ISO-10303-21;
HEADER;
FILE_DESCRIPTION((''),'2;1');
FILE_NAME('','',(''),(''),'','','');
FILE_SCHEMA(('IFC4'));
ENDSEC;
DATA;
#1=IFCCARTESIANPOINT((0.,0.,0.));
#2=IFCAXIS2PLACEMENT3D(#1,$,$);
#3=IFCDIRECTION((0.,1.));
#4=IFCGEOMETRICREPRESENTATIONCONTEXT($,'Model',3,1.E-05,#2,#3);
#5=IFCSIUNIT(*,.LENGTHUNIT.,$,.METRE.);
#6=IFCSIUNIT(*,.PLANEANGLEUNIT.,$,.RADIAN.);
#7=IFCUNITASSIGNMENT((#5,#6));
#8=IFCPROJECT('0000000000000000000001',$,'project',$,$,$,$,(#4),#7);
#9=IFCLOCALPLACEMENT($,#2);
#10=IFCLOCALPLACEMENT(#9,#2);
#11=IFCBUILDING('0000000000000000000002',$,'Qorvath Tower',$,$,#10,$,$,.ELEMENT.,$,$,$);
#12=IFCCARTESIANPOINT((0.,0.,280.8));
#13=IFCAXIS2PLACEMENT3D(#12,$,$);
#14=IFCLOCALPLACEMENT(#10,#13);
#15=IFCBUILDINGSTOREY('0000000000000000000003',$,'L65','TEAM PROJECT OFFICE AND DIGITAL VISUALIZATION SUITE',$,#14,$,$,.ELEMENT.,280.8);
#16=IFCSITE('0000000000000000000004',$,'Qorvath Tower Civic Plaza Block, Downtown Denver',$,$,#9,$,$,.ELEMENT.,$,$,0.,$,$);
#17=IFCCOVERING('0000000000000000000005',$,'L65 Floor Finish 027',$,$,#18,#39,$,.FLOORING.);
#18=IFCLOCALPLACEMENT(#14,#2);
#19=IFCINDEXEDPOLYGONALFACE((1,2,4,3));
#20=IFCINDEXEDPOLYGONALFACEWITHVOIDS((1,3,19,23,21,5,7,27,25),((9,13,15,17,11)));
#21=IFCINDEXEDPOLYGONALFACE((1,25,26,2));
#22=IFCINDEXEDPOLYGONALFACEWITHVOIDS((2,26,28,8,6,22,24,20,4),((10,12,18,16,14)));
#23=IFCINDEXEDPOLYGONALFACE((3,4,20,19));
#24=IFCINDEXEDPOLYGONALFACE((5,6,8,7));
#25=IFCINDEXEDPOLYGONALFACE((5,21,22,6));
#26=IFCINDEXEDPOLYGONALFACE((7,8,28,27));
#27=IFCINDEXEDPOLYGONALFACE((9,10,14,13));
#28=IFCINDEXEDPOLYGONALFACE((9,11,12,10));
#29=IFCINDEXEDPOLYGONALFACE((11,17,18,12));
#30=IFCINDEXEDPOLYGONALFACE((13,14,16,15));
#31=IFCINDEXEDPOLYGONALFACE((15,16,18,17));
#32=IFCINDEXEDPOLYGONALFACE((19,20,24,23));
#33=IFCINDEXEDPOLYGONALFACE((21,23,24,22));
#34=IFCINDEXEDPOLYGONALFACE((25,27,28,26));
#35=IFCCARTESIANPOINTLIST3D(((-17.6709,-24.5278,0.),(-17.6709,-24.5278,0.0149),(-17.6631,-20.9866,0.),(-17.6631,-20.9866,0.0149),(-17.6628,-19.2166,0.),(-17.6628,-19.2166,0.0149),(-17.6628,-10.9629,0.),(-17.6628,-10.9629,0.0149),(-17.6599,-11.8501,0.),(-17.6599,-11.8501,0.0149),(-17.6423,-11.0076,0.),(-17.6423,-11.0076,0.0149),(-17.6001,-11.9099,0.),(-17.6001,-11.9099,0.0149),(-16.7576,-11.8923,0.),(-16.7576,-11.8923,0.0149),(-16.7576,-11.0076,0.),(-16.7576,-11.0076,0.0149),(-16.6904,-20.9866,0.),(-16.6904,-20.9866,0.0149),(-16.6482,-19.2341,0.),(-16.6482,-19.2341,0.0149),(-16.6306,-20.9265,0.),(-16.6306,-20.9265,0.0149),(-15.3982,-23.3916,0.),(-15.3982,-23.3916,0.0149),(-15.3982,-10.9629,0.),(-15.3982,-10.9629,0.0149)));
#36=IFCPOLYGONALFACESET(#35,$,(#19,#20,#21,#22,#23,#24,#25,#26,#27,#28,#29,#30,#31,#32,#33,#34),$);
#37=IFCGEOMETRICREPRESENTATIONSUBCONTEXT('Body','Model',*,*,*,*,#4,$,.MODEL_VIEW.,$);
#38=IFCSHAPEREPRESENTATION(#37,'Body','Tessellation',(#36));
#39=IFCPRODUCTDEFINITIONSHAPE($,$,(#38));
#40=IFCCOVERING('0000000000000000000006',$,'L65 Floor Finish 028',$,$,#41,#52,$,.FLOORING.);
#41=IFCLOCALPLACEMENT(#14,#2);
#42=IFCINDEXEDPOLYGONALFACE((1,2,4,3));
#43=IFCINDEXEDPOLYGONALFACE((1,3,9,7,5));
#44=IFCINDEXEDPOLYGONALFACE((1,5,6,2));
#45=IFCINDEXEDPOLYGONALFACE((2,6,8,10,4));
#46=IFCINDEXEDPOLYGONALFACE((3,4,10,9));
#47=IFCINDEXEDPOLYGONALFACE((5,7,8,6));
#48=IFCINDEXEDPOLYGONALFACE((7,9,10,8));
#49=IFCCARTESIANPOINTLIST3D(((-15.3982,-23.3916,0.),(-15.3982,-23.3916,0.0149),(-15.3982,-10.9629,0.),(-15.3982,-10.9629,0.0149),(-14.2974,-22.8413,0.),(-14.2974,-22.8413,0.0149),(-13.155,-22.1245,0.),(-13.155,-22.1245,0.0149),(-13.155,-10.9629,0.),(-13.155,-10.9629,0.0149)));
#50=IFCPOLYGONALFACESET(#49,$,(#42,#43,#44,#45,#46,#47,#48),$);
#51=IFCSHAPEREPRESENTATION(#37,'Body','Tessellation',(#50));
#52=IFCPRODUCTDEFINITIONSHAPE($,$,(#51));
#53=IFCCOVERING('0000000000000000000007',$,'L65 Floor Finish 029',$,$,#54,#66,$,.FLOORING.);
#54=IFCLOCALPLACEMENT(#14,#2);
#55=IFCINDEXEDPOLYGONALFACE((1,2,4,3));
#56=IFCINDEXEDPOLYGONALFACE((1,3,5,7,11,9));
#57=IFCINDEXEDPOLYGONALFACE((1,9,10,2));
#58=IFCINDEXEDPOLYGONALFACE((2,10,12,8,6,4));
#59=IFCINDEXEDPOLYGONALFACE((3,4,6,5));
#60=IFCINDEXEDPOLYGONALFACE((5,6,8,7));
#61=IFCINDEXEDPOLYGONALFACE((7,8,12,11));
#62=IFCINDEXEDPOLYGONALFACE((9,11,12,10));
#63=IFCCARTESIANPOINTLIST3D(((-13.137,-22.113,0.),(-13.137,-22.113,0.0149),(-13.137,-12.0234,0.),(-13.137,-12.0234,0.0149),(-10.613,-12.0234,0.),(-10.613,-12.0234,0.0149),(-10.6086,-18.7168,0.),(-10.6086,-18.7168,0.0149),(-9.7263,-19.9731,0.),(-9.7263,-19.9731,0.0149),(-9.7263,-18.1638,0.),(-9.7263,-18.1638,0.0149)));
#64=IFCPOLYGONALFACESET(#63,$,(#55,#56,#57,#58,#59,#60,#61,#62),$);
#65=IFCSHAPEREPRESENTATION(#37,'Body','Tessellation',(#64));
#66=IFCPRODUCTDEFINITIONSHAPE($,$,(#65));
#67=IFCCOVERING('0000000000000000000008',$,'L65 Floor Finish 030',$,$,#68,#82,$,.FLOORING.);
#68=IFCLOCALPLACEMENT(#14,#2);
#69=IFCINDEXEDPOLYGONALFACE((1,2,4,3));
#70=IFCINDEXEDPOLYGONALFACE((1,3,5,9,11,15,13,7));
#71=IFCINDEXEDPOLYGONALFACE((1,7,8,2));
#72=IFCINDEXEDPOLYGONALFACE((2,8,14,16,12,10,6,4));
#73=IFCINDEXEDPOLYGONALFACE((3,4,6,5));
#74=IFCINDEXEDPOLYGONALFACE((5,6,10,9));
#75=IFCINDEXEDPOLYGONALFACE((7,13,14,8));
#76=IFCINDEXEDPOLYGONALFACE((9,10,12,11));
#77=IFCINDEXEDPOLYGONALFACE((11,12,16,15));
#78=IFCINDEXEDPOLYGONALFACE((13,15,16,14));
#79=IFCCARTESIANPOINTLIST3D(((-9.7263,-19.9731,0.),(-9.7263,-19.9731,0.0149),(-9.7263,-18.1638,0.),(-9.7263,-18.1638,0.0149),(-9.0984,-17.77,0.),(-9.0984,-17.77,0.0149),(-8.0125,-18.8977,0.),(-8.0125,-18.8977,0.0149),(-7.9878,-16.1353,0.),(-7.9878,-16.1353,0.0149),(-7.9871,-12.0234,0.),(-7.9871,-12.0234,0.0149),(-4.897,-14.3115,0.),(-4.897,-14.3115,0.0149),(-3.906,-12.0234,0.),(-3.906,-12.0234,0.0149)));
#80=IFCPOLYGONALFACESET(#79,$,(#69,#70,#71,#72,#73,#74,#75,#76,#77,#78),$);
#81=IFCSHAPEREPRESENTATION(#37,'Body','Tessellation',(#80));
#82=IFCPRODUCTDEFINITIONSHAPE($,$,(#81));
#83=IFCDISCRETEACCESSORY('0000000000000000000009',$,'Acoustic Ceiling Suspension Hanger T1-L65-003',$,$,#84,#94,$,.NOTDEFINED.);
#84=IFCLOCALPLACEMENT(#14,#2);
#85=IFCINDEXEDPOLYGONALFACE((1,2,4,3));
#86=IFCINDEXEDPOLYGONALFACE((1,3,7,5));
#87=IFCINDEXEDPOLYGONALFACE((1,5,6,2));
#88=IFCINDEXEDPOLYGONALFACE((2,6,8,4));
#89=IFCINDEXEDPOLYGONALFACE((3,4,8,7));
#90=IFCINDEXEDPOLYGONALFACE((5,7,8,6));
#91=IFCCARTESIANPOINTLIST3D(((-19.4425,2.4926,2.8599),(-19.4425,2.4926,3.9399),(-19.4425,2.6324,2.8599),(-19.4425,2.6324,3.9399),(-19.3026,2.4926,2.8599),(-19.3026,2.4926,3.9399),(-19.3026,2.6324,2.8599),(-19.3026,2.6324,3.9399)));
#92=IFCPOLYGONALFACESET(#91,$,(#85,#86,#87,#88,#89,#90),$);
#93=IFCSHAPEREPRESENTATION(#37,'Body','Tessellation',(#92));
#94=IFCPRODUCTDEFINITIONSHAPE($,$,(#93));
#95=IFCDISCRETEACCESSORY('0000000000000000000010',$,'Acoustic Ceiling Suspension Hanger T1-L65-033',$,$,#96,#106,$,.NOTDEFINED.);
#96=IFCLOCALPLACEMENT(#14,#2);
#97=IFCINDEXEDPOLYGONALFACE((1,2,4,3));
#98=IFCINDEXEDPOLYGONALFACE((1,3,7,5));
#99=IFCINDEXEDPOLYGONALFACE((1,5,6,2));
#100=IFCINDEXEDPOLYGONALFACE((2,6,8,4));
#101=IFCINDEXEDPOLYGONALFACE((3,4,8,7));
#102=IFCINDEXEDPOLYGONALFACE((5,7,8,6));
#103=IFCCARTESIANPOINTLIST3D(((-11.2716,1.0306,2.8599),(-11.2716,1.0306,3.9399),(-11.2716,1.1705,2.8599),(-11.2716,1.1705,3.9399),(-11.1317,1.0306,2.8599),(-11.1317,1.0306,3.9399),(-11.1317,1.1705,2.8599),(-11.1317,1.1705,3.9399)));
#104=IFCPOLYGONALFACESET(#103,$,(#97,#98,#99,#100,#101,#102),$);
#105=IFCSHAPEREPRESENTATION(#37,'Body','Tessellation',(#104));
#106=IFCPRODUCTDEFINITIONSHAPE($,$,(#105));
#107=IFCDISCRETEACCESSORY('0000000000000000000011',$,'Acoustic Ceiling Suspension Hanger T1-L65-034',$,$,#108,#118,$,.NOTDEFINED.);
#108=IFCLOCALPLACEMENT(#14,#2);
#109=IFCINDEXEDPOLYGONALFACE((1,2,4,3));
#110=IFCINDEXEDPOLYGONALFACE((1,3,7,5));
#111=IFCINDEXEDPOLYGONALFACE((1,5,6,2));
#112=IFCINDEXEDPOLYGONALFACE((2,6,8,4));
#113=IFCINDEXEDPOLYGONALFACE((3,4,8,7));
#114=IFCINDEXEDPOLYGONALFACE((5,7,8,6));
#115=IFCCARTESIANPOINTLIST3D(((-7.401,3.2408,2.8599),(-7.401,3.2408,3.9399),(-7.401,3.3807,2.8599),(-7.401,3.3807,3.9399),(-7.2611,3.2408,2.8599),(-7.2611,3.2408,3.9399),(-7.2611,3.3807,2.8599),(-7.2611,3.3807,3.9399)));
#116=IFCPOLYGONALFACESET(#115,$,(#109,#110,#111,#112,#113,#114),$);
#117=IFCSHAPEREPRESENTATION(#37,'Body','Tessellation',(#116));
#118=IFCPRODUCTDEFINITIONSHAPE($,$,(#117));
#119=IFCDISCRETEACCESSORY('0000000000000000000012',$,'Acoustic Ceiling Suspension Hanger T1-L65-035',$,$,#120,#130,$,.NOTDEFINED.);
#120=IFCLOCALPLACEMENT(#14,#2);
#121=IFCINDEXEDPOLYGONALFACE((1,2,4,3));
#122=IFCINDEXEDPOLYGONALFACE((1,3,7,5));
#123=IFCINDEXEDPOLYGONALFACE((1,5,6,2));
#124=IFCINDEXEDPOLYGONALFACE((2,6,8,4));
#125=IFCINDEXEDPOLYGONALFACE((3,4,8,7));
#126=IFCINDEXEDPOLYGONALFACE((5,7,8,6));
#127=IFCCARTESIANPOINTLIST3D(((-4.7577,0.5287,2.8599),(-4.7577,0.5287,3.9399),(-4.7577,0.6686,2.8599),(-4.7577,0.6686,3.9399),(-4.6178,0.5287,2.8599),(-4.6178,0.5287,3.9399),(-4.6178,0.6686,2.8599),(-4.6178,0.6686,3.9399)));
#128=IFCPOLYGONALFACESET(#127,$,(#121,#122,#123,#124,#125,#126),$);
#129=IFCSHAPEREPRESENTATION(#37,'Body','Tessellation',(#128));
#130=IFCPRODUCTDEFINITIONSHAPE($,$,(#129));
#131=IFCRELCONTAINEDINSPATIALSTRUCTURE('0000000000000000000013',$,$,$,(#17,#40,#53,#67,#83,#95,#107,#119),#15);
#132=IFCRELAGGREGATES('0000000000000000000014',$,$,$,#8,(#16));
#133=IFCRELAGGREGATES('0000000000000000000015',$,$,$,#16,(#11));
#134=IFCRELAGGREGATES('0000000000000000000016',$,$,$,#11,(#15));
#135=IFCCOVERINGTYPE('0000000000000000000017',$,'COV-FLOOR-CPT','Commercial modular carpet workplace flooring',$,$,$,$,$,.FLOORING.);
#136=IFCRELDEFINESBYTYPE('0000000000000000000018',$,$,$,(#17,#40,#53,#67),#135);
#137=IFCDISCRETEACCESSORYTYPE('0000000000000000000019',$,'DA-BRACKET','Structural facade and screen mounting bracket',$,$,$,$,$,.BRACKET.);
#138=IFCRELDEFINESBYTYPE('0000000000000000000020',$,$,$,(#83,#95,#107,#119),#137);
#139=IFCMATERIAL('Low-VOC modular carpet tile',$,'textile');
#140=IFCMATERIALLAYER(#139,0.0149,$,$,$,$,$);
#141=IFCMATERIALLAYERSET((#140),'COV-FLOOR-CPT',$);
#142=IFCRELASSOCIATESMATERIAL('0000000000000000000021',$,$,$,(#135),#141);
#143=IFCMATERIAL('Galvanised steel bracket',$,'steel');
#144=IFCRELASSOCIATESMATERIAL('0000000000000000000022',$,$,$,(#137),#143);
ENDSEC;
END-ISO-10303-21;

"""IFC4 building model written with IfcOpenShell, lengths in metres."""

from ifc_helpers import new_model, si_unit, direction, frame, origin, origin_2d, place, context, subcontext, project, spatial, polyline, rectangle, outline, extrude, material, layer, layer_set, type_object, element, save


model = new_model("IFC4")

# Units and contexts
model_context = context("Model", 3, precision=1e-05, world=origin(), true_north=direction((0.0, 1.0)))
body_context = subcontext(model_context, "Body", "Model", "MODEL_VIEW")
ifc_project = project(units=[si_unit("LENGTHUNIT", "METRE"), si_unit("PLANEANGLEUNIT", "RADIAN")], contexts=[model_context])

# Site, building, storey
site_placement = place(None, origin())
site = spatial("IfcSite", under=ifc_project, at=site_placement, Name="Qorvath Tower Civic Plaza Block, Downtown Denver", CompositionType="ELEMENT", RefElevation=0.0)
building_placement = place(site_placement, origin())
building = spatial("IfcBuilding", under=site, at=building_placement, Name="Qorvath Tower", CompositionType="ELEMENT")
storey_placement = place(building_placement, frame((0.0, 0.0, 280.8)))
storey = spatial("IfcBuildingStorey", under=building, at=storey_placement, Name="L65", Description="TEAM PROJECT OFFICE AND DIGITAL VISUALIZATION SUITE", CompositionType="ELEMENT", Elevation=280.8)

# Coverings
ifc_material_1 = material(Name="Low-VOC modular carpet tile", Category="textile")
ifc_layer_1 = layer(ifc_material_1, 0.0149)
ifc_layer_set_1 = layer_set([ifc_layer_1], Name="COV-FLOOR-CPT")
covering_type_1 = type_object("IfcCoveringType", Name="COV-FLOOR-CPT", Description="Commercial modular carpet workplace flooring", PredefinedType="FLOORING", material=ifc_layer_set_1)
covering_1_placement = place(storey_placement, origin())
element("IfcCovering", 1, at=covering_1_placement, inside=storey, type_object=covering_type_1, Name="L65 Floor Finish 027", PredefinedType="FLOORING", context=body_context, shape_type="SweptSolid", body=[
    extrude(outline(polyline([(-17.6631, -20.9866), (-17.6709, -24.5278), (-15.3982, -23.3916), (-15.3982, -10.9629), (-17.6628, -10.9629), (-17.6628, -19.2166), (-16.6482, -19.2341), (-16.6306, -20.9265), (-16.6904, -20.9866), (-17.6631, -20.9866)]), holes=[polyline([(-17.6599, -11.8501), (-17.6423, -11.0076), (-16.7576, -11.0076), (-16.7576, -11.8923), (-17.6001, -11.9099), (-17.6599, -11.8501)])]), origin(), (0.0, 0.0, 1.0), 0.0149),
])
covering_2_placement = place(storey_placement, origin())
element("IfcCovering", 2, at=covering_2_placement, inside=storey, type_object=covering_type_1, Name="L65 Floor Finish 028", PredefinedType="FLOORING", context=body_context, shape_type="SweptSolid", body=[
    extrude(outline(polyline([(-15.3982, -10.9629), (-15.3982, -23.3916), (-14.2974, -22.8413), (-13.155, -22.1245), (-13.155, -10.9629), (-15.3982, -10.9629)])), origin(), (0.0, 0.0, 1.0), 0.0149),
])
covering_3_placement = place(storey_placement, origin())
element("IfcCovering", 3, at=covering_3_placement, inside=storey, type_object=covering_type_1, Name="L65 Floor Finish 029", PredefinedType="FLOORING", context=body_context, shape_type="SweptSolid", body=[
    extrude(outline(polyline([(-13.137, -12.0234), (-13.137, -22.113), (-9.7263, -19.9731), (-9.7263, -18.1638), (-10.6086, -18.7168), (-10.613, -12.0234), (-13.137, -12.0234)])), origin(), (0.0, 0.0, 1.0), 0.0149),
])
covering_4_placement = place(storey_placement, origin())
element("IfcCovering", 4, at=covering_4_placement, inside=storey, type_object=covering_type_1, Name="L65 Floor Finish 030", PredefinedType="FLOORING", context=body_context, shape_type="SweptSolid", body=[
    extrude(outline(polyline([(-9.7263, -18.1638), (-9.7263, -19.9731), (-8.0125, -18.8977), (-4.897, -14.3115), (-3.906, -12.0234), (-7.9871, -12.0234), (-7.9878, -16.1353), (-9.0984, -17.77), (-9.7263, -18.1638)])), origin(), (0.0, 0.0, 1.0), 0.0149),
])

# Discrete accessories
ifc_material_2 = material(Name="Galvanised steel bracket", Category="steel")
discrete_accessory_type = type_object("IfcDiscreteAccessoryType", Name="DA-BRACKET", Description="Structural facade and screen mounting bracket", PredefinedType="BRACKET", material=ifc_material_2)
for number, where, z_axis, x_axis, name in (
    (5, (-19.3726, 2.5625, 2.8599), (0.0, 0.0, 1.0), (1.0, 0.0, 0.0), "Acoustic Ceiling Suspension Hanger T1-L65-003"),
    (6, (-11.2017, 1.1006, 2.8599), (0.0, 0.0, 1.0), (1.0, 0.0, 0.0), "Acoustic Ceiling Suspension Hanger T1-L65-033"),
    (7, (-7.3311, 3.3108, 2.8599), (0.0, 0.0, 1.0), (1.0, 0.0, 0.0), "Acoustic Ceiling Suspension Hanger T1-L65-034"),
    (8, (-4.6877, 0.5986, 2.8599), (0.0, 0.0, 1.0), (1.0, 0.0, 0.0), "Acoustic Ceiling Suspension Hanger T1-L65-035"),
):
    element("IfcDiscreteAccessory", number, at=place(storey_placement, frame(where, z_axis=z_axis, x_axis=x_axis)), inside=storey, type_object=discrete_accessory_type, Name=name, PredefinedType="NOTDEFINED", context=body_context, shape_type="SweptSolid", body=[
        extrude(rectangle(XDim=0.1399, YDim=0.1399, at=origin_2d()), origin(), (0.0, 0.0, 1.0), 1.0801),
    ])

save(model, "model.ifc")
